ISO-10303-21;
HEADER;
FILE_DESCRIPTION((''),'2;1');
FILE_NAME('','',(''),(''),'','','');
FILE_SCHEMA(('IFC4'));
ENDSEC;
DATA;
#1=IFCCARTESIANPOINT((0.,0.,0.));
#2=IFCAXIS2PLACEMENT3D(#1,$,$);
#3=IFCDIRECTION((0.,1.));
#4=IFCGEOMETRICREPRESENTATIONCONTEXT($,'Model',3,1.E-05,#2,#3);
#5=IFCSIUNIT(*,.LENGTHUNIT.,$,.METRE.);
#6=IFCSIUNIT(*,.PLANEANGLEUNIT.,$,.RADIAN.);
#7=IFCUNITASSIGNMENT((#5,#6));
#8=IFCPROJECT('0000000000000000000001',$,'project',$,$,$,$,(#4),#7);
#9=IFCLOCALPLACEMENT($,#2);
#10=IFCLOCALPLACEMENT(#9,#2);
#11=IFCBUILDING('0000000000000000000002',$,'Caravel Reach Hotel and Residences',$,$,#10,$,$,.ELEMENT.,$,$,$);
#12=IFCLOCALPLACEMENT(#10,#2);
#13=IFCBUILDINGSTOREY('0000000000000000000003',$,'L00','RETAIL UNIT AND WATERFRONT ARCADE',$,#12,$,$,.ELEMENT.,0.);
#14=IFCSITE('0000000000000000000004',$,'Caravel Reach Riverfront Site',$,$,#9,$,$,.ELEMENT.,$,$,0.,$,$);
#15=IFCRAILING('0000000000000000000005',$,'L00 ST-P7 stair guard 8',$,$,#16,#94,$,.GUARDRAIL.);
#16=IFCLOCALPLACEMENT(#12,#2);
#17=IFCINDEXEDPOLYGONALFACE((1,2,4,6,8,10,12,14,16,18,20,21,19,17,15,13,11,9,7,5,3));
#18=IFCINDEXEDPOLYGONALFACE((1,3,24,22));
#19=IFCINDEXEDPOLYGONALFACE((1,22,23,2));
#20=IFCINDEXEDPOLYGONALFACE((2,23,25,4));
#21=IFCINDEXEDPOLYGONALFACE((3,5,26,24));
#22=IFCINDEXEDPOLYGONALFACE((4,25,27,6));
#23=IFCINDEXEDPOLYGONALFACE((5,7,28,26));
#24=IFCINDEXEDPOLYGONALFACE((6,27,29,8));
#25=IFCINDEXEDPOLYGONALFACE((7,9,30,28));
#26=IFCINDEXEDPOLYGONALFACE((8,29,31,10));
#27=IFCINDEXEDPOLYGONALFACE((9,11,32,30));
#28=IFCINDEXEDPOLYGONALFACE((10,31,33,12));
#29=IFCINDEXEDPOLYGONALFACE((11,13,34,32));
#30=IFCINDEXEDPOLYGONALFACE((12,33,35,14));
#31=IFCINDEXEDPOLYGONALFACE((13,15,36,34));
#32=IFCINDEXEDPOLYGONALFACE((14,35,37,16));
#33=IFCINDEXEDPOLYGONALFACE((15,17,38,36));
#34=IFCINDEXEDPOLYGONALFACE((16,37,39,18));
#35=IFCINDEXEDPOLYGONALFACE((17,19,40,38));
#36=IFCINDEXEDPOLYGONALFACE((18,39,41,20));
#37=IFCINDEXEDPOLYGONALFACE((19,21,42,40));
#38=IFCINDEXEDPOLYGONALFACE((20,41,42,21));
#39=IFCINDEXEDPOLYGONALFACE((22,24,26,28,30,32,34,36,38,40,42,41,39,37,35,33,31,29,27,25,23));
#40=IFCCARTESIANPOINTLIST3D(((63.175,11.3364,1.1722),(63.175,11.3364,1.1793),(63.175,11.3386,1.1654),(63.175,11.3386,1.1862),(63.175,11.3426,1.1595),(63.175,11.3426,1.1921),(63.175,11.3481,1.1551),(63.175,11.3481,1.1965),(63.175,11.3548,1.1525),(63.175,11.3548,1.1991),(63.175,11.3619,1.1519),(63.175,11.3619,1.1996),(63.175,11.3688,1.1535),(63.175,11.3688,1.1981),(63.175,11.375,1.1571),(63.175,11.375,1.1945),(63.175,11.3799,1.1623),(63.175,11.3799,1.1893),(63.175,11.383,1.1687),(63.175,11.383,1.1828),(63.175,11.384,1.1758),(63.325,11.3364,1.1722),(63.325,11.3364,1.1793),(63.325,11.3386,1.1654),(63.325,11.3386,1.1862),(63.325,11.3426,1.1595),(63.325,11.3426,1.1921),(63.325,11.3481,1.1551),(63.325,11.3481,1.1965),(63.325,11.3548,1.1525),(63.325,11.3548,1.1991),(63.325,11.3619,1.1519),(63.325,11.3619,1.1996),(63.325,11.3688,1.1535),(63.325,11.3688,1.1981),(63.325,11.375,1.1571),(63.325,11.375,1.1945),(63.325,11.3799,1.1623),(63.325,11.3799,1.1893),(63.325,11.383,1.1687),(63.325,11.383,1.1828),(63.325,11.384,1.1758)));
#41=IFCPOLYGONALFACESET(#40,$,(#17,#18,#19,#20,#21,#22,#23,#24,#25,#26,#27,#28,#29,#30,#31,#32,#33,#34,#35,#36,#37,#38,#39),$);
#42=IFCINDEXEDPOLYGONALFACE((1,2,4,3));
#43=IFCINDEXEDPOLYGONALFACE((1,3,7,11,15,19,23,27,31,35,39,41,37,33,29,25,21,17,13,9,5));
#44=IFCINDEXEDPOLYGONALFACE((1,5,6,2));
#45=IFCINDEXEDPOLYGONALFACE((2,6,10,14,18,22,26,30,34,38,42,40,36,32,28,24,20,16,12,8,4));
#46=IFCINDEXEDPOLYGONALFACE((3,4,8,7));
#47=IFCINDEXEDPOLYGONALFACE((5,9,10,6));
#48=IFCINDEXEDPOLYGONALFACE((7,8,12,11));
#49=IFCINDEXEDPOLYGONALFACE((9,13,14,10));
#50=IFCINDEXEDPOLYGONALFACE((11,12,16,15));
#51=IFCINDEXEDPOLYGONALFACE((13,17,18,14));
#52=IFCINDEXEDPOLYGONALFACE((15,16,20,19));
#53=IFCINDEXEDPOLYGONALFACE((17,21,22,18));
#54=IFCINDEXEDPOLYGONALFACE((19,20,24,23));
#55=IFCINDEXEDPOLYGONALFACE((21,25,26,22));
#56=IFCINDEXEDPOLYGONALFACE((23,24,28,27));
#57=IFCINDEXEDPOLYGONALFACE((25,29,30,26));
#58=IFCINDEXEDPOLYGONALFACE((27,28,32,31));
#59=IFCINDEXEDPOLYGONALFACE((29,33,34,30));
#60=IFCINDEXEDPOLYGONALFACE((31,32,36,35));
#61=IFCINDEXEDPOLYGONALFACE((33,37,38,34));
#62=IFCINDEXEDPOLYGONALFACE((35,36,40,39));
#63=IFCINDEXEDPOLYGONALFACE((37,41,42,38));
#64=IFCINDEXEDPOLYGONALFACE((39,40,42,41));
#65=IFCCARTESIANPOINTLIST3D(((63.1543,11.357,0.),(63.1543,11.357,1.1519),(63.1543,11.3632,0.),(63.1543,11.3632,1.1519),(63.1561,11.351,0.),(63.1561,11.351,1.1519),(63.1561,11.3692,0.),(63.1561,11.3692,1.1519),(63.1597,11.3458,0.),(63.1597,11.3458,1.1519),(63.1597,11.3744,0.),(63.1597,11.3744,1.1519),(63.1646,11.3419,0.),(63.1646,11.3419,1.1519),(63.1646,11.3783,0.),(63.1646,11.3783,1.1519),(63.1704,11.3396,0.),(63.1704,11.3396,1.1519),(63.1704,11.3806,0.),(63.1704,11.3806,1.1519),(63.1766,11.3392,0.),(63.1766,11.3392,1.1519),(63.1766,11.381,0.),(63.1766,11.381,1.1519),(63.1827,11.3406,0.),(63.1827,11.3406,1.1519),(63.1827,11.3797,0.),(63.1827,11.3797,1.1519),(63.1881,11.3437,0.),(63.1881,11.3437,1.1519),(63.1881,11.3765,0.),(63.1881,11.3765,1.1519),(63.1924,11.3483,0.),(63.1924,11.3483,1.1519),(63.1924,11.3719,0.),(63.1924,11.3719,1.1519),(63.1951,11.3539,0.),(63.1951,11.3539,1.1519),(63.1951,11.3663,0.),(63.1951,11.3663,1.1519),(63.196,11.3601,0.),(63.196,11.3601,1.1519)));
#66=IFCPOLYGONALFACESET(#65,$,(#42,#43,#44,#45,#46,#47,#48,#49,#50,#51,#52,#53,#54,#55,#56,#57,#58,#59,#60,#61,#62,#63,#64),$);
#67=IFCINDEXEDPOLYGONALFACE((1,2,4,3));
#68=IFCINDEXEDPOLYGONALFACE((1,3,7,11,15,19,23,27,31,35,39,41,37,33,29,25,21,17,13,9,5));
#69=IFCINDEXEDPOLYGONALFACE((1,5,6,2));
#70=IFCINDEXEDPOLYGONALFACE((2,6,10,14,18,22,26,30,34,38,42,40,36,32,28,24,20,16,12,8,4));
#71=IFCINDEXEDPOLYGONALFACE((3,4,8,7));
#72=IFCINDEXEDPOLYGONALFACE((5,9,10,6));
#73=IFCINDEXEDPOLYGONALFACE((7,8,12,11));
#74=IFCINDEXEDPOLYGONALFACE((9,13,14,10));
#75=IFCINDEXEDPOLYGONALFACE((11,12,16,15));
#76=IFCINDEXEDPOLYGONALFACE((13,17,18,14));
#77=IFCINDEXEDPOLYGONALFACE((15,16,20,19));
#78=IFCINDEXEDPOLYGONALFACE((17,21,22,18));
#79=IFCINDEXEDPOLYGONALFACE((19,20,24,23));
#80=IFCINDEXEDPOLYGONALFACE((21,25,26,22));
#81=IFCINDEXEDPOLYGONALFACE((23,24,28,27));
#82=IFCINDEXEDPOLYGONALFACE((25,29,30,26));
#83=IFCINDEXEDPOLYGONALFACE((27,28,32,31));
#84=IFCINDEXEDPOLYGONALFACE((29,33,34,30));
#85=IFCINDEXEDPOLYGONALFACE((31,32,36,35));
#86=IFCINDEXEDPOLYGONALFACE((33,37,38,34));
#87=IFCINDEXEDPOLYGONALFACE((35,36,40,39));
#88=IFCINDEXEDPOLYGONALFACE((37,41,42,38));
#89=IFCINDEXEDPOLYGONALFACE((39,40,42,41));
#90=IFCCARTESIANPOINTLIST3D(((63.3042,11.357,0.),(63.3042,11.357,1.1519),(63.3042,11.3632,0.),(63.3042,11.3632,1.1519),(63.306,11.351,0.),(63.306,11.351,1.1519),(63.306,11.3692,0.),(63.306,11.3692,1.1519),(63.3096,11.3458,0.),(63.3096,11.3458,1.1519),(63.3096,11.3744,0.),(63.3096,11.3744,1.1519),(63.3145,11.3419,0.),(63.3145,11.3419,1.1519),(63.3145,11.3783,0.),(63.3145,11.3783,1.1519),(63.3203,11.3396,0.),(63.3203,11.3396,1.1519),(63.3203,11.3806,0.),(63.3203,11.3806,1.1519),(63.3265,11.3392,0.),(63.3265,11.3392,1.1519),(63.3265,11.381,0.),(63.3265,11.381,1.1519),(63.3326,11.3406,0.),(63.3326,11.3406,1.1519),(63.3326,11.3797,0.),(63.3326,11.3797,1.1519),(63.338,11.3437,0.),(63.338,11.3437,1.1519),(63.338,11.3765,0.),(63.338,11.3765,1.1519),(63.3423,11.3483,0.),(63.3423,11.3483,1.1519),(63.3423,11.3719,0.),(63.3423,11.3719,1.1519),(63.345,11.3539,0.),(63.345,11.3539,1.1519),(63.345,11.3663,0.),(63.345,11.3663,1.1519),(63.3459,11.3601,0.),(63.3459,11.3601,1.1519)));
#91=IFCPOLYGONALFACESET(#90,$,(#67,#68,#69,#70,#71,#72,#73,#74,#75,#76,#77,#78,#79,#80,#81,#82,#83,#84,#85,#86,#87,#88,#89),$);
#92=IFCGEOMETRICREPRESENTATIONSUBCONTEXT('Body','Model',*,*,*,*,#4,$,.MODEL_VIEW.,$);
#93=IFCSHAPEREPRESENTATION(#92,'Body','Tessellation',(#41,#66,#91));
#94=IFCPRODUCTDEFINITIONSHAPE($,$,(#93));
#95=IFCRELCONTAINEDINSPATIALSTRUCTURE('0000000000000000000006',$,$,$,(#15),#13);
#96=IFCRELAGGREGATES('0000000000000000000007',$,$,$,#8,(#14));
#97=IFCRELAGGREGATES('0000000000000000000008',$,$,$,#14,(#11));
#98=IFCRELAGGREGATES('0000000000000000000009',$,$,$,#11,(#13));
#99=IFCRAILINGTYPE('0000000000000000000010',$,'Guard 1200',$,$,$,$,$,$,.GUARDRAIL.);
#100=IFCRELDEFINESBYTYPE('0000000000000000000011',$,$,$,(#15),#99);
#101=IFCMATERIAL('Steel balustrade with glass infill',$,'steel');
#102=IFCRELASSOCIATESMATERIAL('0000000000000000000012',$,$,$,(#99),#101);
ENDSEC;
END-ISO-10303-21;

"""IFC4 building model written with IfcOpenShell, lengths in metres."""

from ifc_helpers import new_model, si_unit, direction, frame, origin, origin_2d, place, context, subcontext, project, spatial, circle, extrude, material, type_object, element, save


model = new_model("IFC4")

# Units and contexts
model_context = context("Model", 3, precision=1e-05, world=origin(), true_north=direction((0.0, 1.0)))
body_context = subcontext(model_context, "Body", "Model", "MODEL_VIEW")
ifc_project = project(units=[si_unit("LENGTHUNIT", "METRE"), si_unit("PLANEANGLEUNIT", "RADIAN")], contexts=[model_context])

# Site, building, storey
site_placement = place(None, origin())
site = spatial("IfcSite", under=ifc_project, at=site_placement, Name="Caravel Reach Riverfront Site", CompositionType="ELEMENT", RefElevation=0.0)
building_placement = place(site_placement, origin())
building = spatial("IfcBuilding", under=site, at=building_placement, Name="Caravel Reach Hotel and Residences", CompositionType="ELEMENT")
storey_placement = place(building_placement, origin())
storey = spatial("IfcBuildingStorey", under=building, at=storey_placement, Name="L00", Description="RETAIL UNIT AND WATERFRONT ARCADE", CompositionType="ELEMENT", Elevation=0.0)

# Railing
ifc_material_1 = material(Name="Steel balustrade with glass infill", Category="steel")
railing_type_1 = type_object("IfcRailingType", Name="Guard 1200", PredefinedType="GUARDRAIL", material=ifc_material_1)
railing_1_placement = place(storey_placement, frame((63.175, 11.3601, 0.0)))
element("IfcRailing", 1, at=railing_1_placement, inside=storey, type_object=railing_type_1, Name="L00 ST-P7 stair guard 8", PredefinedType="GUARDRAIL", context=body_context, shape_type="SweptSolid", body=[
    extrude(circle(Radius=0.0239, at=origin_2d()), frame((0.0, 0.0, 1.1758), z_axis=(1.0, 0.0, 0.0), x_axis=(0.0, 1.0, 0.0)), (0.0, 0.0, 1.0), 0.1499),
    extrude(circle(Radius=0.021, at=origin_2d()), origin(), (0.0, 0.0, 1.0), 1.1519),
    extrude(circle(Radius=0.021, at=origin_2d()), frame((0.1499, 0.0, 0.0)), (0.0, 0.0, 1.0), 1.1519),
])

save(model, "model.ifc")
